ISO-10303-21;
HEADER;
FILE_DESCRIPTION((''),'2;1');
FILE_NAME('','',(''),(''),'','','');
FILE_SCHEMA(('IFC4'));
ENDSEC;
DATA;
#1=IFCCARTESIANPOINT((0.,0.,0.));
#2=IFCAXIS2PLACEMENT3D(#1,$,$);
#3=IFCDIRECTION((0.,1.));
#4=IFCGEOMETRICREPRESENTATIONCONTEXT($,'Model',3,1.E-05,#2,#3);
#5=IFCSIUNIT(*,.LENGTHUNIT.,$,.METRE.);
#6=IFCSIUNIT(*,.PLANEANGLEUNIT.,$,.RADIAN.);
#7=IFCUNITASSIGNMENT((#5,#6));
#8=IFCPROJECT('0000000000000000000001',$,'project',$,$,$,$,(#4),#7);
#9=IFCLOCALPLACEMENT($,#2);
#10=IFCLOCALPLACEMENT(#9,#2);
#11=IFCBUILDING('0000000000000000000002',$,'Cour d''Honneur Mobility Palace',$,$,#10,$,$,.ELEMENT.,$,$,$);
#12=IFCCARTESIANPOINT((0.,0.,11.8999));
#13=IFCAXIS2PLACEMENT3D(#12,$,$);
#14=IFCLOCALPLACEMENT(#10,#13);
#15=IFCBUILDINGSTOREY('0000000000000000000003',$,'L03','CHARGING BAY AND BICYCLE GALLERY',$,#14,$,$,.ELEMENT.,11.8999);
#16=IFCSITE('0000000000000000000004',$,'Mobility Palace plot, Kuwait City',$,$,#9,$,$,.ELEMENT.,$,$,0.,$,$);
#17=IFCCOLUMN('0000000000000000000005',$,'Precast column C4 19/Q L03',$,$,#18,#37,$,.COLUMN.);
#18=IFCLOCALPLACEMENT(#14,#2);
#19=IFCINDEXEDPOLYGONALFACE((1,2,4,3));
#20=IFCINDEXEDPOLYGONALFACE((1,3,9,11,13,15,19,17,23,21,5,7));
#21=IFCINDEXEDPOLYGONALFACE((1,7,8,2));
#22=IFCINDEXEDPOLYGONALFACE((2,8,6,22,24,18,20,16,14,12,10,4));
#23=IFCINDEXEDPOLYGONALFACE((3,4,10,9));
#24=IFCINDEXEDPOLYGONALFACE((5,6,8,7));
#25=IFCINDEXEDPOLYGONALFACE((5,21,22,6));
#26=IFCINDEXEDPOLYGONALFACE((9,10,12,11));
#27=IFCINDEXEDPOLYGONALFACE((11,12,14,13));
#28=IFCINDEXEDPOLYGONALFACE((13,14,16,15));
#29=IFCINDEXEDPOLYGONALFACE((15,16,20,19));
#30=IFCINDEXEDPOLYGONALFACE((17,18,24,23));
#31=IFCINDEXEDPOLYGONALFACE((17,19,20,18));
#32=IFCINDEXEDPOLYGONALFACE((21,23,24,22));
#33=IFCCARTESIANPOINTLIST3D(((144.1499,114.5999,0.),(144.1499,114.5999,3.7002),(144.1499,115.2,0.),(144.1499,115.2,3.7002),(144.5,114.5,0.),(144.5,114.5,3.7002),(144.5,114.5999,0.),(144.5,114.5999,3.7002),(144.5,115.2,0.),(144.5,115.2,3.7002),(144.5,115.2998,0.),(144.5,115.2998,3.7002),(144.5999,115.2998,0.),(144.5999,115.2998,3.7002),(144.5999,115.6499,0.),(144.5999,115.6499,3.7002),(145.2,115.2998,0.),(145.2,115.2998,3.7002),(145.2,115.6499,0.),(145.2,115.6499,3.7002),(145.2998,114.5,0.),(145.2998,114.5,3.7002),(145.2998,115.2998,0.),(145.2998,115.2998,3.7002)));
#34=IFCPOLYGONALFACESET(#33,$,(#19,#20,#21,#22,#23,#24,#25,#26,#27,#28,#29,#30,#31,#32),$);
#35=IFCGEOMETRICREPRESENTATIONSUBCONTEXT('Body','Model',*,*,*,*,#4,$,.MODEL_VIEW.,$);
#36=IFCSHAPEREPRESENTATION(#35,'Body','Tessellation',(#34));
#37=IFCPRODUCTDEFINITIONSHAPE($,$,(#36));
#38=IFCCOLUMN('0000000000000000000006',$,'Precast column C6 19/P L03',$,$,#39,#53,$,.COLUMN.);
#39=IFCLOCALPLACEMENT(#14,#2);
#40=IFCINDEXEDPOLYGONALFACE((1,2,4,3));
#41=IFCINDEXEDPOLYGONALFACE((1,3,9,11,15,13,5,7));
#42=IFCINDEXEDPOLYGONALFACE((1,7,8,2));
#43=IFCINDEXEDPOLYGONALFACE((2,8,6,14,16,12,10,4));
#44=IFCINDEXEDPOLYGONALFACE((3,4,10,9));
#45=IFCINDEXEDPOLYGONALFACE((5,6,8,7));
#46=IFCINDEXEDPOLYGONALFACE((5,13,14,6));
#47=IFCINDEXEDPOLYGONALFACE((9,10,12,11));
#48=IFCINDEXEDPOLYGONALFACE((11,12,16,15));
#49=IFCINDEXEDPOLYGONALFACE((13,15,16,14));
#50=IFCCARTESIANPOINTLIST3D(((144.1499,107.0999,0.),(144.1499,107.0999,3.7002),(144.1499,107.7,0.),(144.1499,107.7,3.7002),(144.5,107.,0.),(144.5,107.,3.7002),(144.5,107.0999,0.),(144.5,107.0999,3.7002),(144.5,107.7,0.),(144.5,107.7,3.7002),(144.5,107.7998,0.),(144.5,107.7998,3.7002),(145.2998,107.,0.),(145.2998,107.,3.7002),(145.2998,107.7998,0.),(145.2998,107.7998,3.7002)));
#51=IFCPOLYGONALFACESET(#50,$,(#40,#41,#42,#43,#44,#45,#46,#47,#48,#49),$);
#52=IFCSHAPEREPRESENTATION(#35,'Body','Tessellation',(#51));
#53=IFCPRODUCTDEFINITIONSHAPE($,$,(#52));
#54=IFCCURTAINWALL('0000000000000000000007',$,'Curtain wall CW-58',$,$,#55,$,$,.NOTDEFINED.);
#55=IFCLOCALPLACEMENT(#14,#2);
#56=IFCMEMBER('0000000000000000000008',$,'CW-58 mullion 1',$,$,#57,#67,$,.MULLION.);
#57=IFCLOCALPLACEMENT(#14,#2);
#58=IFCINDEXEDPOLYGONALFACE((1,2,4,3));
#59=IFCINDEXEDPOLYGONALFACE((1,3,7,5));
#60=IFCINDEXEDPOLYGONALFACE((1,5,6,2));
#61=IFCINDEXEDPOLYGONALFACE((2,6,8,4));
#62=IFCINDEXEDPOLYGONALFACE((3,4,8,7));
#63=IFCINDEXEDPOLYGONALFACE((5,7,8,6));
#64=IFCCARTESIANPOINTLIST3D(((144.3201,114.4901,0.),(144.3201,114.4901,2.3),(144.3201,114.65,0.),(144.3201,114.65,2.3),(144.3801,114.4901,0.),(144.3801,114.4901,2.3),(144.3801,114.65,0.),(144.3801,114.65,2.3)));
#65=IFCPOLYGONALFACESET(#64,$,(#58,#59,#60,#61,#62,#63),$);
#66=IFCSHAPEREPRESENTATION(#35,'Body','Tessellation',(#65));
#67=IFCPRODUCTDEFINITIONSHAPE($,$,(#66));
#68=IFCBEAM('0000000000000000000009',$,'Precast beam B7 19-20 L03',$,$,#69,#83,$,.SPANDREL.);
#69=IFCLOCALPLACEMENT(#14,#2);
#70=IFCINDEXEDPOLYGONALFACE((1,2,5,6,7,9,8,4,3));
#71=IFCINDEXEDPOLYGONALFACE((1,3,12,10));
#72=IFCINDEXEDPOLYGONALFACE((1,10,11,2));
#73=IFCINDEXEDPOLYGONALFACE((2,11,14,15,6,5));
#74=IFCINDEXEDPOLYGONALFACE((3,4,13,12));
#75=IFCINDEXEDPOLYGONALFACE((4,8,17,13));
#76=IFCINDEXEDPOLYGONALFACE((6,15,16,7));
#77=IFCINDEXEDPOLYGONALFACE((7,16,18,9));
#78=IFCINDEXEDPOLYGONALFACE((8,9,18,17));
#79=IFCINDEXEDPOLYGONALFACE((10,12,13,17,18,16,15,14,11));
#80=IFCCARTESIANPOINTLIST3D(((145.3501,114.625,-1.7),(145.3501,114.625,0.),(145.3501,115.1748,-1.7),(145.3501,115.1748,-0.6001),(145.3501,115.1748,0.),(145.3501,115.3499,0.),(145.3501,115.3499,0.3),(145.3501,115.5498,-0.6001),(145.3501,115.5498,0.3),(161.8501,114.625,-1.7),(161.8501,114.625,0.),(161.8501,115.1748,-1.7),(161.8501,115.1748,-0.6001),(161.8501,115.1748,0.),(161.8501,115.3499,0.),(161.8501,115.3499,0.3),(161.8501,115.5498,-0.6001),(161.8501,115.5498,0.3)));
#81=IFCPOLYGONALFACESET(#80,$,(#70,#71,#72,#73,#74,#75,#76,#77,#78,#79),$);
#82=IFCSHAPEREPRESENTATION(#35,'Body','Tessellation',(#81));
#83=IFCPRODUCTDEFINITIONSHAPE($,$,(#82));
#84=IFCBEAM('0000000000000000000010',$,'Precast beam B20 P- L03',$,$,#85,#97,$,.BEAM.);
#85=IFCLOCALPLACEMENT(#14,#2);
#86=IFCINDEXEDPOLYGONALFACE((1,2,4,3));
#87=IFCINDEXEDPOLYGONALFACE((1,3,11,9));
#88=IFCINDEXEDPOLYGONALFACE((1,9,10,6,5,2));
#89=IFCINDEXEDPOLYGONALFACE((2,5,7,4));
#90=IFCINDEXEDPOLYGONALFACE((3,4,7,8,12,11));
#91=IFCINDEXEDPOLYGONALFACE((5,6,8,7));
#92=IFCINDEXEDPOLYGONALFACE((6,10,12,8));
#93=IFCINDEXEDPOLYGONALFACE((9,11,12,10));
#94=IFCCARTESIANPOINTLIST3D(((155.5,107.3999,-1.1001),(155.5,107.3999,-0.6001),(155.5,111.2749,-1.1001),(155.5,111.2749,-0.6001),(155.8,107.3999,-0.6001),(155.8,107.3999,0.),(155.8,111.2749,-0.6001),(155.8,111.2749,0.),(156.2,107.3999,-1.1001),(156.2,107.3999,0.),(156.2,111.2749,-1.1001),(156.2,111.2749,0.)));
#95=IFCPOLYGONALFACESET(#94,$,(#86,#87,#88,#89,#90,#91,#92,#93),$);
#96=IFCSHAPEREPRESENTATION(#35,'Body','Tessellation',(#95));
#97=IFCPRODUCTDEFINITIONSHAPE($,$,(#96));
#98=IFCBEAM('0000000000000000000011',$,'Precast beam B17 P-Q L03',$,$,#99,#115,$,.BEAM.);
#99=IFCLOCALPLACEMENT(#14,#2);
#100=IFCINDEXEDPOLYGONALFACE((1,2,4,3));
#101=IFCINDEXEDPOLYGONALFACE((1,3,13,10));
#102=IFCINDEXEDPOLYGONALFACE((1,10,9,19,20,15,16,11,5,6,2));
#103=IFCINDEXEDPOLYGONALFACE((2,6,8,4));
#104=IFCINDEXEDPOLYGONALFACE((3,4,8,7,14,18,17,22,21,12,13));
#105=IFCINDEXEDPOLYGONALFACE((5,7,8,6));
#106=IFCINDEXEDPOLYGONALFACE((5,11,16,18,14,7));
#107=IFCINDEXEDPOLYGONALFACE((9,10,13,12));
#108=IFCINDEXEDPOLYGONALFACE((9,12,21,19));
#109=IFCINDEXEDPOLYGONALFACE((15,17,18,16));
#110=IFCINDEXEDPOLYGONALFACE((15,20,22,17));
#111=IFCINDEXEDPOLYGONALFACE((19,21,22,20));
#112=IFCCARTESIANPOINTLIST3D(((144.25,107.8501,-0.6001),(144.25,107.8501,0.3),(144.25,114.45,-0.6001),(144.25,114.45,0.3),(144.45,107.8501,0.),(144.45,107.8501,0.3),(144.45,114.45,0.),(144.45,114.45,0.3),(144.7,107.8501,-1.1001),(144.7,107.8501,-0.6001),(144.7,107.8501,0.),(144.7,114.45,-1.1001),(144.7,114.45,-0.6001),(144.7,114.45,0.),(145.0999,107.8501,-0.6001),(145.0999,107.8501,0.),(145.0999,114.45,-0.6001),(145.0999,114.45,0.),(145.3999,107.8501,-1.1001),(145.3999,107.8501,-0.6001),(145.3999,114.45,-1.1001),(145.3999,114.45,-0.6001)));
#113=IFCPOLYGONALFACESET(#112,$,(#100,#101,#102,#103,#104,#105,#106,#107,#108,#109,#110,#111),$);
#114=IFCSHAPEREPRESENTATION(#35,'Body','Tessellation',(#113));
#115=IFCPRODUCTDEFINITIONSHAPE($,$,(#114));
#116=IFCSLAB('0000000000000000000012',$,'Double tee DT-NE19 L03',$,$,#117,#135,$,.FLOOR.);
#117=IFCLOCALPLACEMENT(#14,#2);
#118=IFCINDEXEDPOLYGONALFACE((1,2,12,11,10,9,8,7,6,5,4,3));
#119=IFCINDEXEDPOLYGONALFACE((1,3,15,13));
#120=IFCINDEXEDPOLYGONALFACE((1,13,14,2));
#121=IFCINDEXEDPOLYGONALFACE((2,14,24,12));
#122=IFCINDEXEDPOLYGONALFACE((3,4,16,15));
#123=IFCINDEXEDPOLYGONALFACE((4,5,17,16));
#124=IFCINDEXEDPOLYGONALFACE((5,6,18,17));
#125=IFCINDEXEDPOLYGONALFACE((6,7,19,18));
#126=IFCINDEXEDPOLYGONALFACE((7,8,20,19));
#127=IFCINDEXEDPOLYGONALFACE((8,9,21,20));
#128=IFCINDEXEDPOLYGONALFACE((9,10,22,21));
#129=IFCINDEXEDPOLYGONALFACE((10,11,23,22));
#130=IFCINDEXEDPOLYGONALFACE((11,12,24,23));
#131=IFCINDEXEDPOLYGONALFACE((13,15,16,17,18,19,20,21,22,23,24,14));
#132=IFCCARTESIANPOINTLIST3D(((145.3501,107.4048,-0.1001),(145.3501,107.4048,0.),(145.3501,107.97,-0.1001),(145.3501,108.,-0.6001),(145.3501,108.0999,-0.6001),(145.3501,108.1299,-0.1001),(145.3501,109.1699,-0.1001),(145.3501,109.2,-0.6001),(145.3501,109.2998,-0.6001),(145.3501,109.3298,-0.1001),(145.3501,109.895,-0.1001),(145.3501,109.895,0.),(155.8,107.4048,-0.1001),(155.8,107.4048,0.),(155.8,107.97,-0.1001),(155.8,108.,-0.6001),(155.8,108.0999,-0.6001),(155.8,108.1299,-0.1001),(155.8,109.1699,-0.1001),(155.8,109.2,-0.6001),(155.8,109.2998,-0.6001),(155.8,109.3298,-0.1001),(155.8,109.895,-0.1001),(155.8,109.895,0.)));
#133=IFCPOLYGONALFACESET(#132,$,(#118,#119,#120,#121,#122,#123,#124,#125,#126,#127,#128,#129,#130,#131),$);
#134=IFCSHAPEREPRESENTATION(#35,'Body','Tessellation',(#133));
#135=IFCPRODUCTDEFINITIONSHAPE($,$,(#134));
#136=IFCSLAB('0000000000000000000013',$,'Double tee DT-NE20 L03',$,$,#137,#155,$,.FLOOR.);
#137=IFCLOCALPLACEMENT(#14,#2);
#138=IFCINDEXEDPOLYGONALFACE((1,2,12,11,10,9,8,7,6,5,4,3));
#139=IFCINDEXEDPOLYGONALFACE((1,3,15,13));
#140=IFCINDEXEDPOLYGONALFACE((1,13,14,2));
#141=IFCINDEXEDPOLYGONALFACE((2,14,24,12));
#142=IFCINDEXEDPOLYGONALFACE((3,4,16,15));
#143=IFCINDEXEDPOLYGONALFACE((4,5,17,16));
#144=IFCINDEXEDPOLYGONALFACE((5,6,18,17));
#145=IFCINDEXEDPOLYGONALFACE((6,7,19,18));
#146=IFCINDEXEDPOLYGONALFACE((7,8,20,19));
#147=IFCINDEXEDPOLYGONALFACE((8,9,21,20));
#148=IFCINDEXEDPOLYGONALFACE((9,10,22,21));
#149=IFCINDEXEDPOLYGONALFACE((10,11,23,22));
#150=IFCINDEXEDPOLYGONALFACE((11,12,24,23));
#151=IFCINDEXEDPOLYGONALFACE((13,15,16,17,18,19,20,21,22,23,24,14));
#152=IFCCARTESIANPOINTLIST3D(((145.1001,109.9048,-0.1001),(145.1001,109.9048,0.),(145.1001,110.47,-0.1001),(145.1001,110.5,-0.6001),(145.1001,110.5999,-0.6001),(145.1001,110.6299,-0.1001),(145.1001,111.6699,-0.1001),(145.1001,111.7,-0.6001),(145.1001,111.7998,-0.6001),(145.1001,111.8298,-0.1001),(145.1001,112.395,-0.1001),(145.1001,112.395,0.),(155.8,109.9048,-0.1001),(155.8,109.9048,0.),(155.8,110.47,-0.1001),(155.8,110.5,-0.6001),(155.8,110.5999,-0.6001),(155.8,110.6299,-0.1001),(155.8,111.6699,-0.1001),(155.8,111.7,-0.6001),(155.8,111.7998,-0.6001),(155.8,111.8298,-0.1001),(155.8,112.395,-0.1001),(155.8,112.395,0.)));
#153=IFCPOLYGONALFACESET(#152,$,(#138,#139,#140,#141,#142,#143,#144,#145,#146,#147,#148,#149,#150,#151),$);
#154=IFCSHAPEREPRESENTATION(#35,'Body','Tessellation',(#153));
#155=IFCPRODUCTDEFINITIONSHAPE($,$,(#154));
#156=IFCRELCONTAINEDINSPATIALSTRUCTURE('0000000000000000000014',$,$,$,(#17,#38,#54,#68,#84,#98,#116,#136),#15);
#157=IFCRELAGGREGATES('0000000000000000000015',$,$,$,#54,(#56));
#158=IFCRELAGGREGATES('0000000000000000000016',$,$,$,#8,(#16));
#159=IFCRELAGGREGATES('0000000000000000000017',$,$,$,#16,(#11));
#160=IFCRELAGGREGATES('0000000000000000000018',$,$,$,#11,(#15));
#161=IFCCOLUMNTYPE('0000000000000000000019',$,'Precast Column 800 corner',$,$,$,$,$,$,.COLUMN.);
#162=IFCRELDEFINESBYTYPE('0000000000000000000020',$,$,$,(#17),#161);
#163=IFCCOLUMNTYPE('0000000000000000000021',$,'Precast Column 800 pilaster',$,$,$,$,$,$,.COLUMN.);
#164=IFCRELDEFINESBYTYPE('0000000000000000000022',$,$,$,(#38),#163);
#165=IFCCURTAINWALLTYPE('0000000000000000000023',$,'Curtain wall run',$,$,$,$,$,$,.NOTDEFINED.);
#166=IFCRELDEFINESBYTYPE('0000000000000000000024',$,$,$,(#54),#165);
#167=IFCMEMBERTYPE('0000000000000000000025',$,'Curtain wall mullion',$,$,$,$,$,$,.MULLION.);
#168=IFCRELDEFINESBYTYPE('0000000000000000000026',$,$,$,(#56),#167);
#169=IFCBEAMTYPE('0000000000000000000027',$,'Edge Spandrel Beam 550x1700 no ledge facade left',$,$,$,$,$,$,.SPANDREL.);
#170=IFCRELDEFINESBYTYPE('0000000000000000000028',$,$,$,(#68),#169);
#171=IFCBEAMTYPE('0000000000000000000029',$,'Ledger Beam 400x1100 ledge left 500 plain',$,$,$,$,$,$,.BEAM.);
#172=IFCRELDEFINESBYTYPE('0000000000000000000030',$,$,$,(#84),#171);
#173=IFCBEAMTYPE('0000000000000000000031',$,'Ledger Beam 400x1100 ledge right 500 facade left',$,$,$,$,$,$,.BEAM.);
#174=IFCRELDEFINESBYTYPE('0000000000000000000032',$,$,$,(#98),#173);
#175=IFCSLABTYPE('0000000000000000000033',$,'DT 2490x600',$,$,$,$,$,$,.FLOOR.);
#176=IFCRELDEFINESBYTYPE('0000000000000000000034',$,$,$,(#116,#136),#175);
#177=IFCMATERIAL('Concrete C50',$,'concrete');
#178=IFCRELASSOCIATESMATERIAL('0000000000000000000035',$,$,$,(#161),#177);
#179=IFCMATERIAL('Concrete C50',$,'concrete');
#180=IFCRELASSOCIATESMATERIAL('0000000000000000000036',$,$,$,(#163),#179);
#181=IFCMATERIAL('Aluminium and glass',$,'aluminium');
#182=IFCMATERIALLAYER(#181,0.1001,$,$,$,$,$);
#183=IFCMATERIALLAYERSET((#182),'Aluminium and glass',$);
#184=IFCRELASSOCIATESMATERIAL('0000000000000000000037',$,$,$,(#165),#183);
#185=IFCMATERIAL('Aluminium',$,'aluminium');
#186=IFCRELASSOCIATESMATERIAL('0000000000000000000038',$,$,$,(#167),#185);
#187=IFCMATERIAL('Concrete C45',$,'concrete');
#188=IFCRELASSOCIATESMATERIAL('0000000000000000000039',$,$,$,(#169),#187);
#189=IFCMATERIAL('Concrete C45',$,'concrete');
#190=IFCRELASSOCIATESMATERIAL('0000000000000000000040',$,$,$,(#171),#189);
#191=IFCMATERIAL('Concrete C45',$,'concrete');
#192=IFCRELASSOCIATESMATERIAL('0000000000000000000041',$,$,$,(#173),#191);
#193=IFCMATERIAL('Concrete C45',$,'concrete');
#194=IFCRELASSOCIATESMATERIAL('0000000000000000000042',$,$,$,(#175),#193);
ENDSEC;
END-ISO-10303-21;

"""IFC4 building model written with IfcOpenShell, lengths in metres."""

from ifc_helpers import new_model, si_unit, direction, frame, origin, origin_2d, place, context, subcontext, project, spatial, polyline, rectangle, outline, extrude, material, layer, layer_set, material_profile, profile_set, type_object, element, aggregate, save


model = new_model("IFC4")

# Units and contexts
model_context = context("Model", 3, precision=1e-05, world=origin(), true_north=direction((0.0, 1.0)))
body_context = subcontext(model_context, "Body", "Model", "MODEL_VIEW")
ifc_project = project(units=[si_unit("LENGTHUNIT", "METRE"), si_unit("PLANEANGLEUNIT", "RADIAN")], contexts=[model_context])

# Site, building, storey
site_placement = place(None, origin())
site = spatial("IfcSite", under=ifc_project, at=site_placement, Name="Mobility Palace plot, Kuwait City", CompositionType="ELEMENT", RefElevation=0.0)
building_placement = place(site_placement, origin())
building = spatial("IfcBuilding", under=site, at=building_placement, Name="Cour d'Honneur Mobility Palace", CompositionType="ELEMENT")
storey_placement = place(building_placement, frame((0.0, 0.0, 11.8999)))
storey = spatial("IfcBuildingStorey", under=building, at=storey_placement, Name="L03", Description="CHARGING BAY AND BICYCLE GALLERY", CompositionType="ELEMENT", Elevation=11.8999)

# Columns
ifc_material_1 = material(Name="Concrete C50", Category="concrete")
ifc_material_profile_1 = material_profile(ifc_material_1, outline(polyline([(-0.3999, -0.3999), (0.3999, -0.3999), (0.3999, -0.3), (0.75, -0.3), (0.75, 0.3), (0.3999, 0.3), (0.3999, 0.3999), (0.3, 0.3999), (0.3, 0.75), (-0.3, 0.75), (-0.3, 0.3999), (-0.3999, 0.3999), (-0.3999, -0.3999)])), Name="PC C800 corner")
ifc_profile_set_1 = profile_set([ifc_material_profile_1], Name="Concrete C50")
column_type_1 = type_object("IfcColumnType", Name="Precast Column 800 corner", PredefinedType="COLUMN", material=ifc_profile_set_1)
column_1_placement = place(storey_placement, frame((144.8999, 114.8999, 0.0), z_axis=(0.0, 0.0, 1.0), x_axis=(0.0, 1.0, 0.0)))
element("IfcColumn", 1, at=column_1_placement, inside=storey, type_object=column_type_1, Name="Precast column C4 19/Q L03", PredefinedType="COLUMN", context=body_context, shape_type="SweptSolid", body=[
    extrude(outline(polyline([(-0.3999, -0.3999), (0.3999, -0.3999), (0.3999, -0.3), (0.75, -0.3), (0.75, 0.3), (0.3999, 0.3), (0.3999, 0.3999), (0.3, 0.3999), (0.3, 0.75), (-0.3, 0.75), (-0.3, 0.3999), (-0.3999, 0.3999), (-0.3999, -0.3999)])), origin(), (0.0, 0.0, 1.0), 3.7002),
])
ifc_material_2 = material(Name="Concrete C50", Category="concrete")
ifc_material_profile_2 = material_profile(ifc_material_2, outline(polyline([(-0.3999, -0.3999), (0.3999, -0.3999), (0.3999, -0.3), (0.75, -0.3), (0.75, 0.3), (0.3999, 0.3), (0.3999, 0.3999), (-0.3999, 0.3999), (-0.3999, -0.3999)])), Name="PC C800 pilaster")
ifc_profile_set_2 = profile_set([ifc_material_profile_2], Name="Concrete C50")
column_type_2 = type_object("IfcColumnType", Name="Precast Column 800 pilaster", PredefinedType="COLUMN", material=ifc_profile_set_2)
column_2_placement = place(storey_placement, frame((144.8999, 107.3999, 0.0), z_axis=(0.0, 0.0, 1.0), x_axis=(-1.0, 0.0, 0.0)))
element("IfcColumn", 2, at=column_2_placement, inside=storey, type_object=column_type_2, Name="Precast column C6 19/P L03", PredefinedType="COLUMN", context=body_context, shape_type="SweptSolid", body=[
    extrude(outline(polyline([(-0.3999, -0.3999), (0.3999, -0.3999), (0.3999, -0.3), (0.75, -0.3), (0.75, 0.3), (0.3999, 0.3), (0.3999, 0.3999), (-0.3999, 0.3999), (-0.3999, -0.3999)])), origin(), (0.0, 0.0, 1.0), 3.7002),
])

# Curtain wall, member
ifc_material_3 = material(Name="Aluminium and glass", Category="aluminium")
ifc_layer_1 = layer(ifc_material_3, 0.1001)
ifc_layer_set_1 = layer_set([ifc_layer_1], Name="Aluminium and glass")
curtain_wall_type = type_object("IfcCurtainWallType", Name="Curtain wall run", PredefinedType="NOTDEFINED", material=ifc_layer_set_1)
curtain_wall_placement = place(storey_placement, origin())
curtain_wall = element("IfcCurtainWall", 3, at=curtain_wall_placement, inside=storey, type_object=curtain_wall_type, Name="Curtain wall CW-58", PredefinedType="NOTDEFINED")
ifc_material_4 = material(Name="Aluminium", Category="aluminium")
ifc_material_profile_3 = material_profile(ifc_material_4, rectangle(XDim=0.0601, YDim=0.1599, at=origin_2d()), Name="Curtain wall mullion")
ifc_profile_set_3 = profile_set([ifc_material_profile_3], Name="Aluminium")
member_type = type_object("IfcMemberType", Name="Curtain wall mullion", PredefinedType="MULLION", material=ifc_profile_set_3)
member_placement = place(storey_placement, frame((144.3501, 114.5701, 0.0), z_axis=(0.0, 0.0, 1.0), x_axis=(1.0, 0.0, 0.0)))
member = element("IfcMember", 4, at=member_placement, type_object=member_type, Name="CW-58 mullion 1", PredefinedType="MULLION", context=body_context, shape_type="SweptSolid", body=[
    extrude(rectangle(XDim=0.0601, YDim=0.1599, at=origin_2d()), origin(), (0.0, 0.0, 1.0), 2.3),
])
aggregate(curtain_wall, [member])

# Beams
ifc_material_5 = material(Name="Concrete C45", Category="concrete")
ifc_material_profile_4 = material_profile(ifc_material_5, outline(polyline([(0.2749, -1.7), (0.2749, -0.6001), (0.6499, -0.6001), (0.6499, 0.3), (0.45, 0.3), (0.45, 0.0), (0.2749, 0.0), (-0.2749, 0.0), (-0.2749, -1.7), (0.2749, -1.7)])), Name="Edge Spandrel Beam 550x1700 no ledge facade left")
ifc_profile_set_4 = profile_set([ifc_material_profile_4], Name="Concrete C45")
beam_type_1 = type_object("IfcBeamType", Name="Edge Spandrel Beam 550x1700 no ledge facade left", PredefinedType="SPANDREL", material=ifc_profile_set_4)
beam_1_placement = place(storey_placement, frame((145.3501, 114.8999, 0.0), z_axis=(1.0, 0.0, 0.0), x_axis=(0.0, 1.0, 0.0)))
element("IfcBeam", 5, at=beam_1_placement, inside=storey, type_object=beam_type_1, Name="Precast beam B7 19-20 L03", PredefinedType="SPANDREL", context=body_context, shape_type="SweptSolid", body=[
    extrude(outline(polyline([(0.2749, -1.7), (0.2749, -0.6001), (0.6499, -0.6001), (0.6499, 0.3), (0.45, 0.3), (0.45, 0.0), (0.2749, 0.0), (-0.2749, 0.0), (-0.2749, -1.7), (0.2749, -1.7)])), origin(), (0.0, 0.0, 1.0), 16.5),
])
ifc_material_6 = material(Name="Concrete C45", Category="concrete")
ifc_material_profile_5 = material_profile(ifc_material_6, outline(polyline([(0.5, -1.1001), (0.5, -0.6001), (0.2, -0.6001), (0.2, 0.0), (-0.2, 0.0), (-0.2, -1.1001), (0.5, -1.1001)])), Name="Ledger Beam 400x1100 ledge left 500 plain")
ifc_profile_set_5 = profile_set([ifc_material_profile_5], Name="Concrete C45")
beam_type_2 = type_object("IfcBeamType", Name="Ledger Beam 400x1100 ledge left 500 plain", PredefinedType="BEAM", material=ifc_profile_set_5)
beam_2_placement = place(storey_placement, frame((156.0, 107.3999, 0.0), z_axis=(0.0, 1.0, 0.0), x_axis=(-1.0, 0.0, 0.0)))
element("IfcBeam", 6, at=beam_2_placement, inside=storey, type_object=beam_type_2, Name="Precast beam B20 P- L03", PredefinedType="BEAM", context=body_context, shape_type="SweptSolid", body=[
    extrude(outline(polyline([(0.5, -1.1001), (0.5, -0.6001), (0.2, -0.6001), (0.2, 0.0), (-0.2, 0.0), (-0.2, -1.1001), (0.5, -1.1001)])), origin(), (0.0, 0.0, 1.0), 3.875),
])
ifc_material_7 = material(Name="Concrete C45", Category="concrete")
ifc_material_profile_6 = material_profile(ifc_material_7, outline(polyline([(0.2, -1.1001), (0.2, -0.6001), (0.6499, -0.6001), (0.6499, 0.3), (0.45, 0.3), (0.45, 0.0), (0.2, 0.0), (-0.2, 0.0), (-0.2, -0.6001), (-0.5, -0.6001), (-0.5, -1.1001), (0.2, -1.1001)])), Name="Ledger Beam 400x1100 ledge right 500 facade left")
ifc_profile_set_6 = profile_set([ifc_material_profile_6], Name="Concrete C45")
beam_type_3 = type_object("IfcBeamType", Name="Ledger Beam 400x1100 ledge right 500 facade left", PredefinedType="BEAM", material=ifc_profile_set_6)
beam_3_placement = place(storey_placement, frame((144.8999, 107.8501, 0.0), z_axis=(0.0, 1.0, 0.0), x_axis=(-1.0, 0.0, 0.0)))
element("IfcBeam", 7, at=beam_3_placement, inside=storey, type_object=beam_type_3, Name="Precast beam B17 P-Q L03", PredefinedType="BEAM", context=body_context, shape_type="SweptSolid", body=[
    extrude(outline(polyline([(0.2, -1.1001), (0.2, -0.6001), (0.6499, -0.6001), (0.6499, 0.3), (0.45, 0.3), (0.45, 0.0), (0.2, 0.0), (-0.2, 0.0), (-0.2, -0.6001), (-0.5, -0.6001), (-0.5, -1.1001), (0.2, -1.1001)])), origin(), (0.0, 0.0, 1.0), 6.5999),
])

# Slabs
ifc_material_8 = material(Name="Concrete C45", Category="concrete")
ifc_material_profile_7 = material_profile(ifc_material_8, outline(polyline([(-1.2451, 0.0), (1.2451, 0.0), (1.2451, -0.1001), (0.6799, -0.1001), (0.6499, -0.6001), (0.55, -0.6001), (0.52, -0.1001), (-0.52, -0.1001), (-0.55, -0.6001), (-0.6499, -0.6001), (-0.6799, -0.1001), (-1.2451, -0.1001), (-1.2451, 0.0)])), Name="DT 2490x600")
ifc_profile_set_7 = profile_set([ifc_material_profile_7], Name="Concrete C45")
slab_type_1 = type_object("IfcSlabType", Name="DT 2490x600", PredefinedType="FLOOR", material=ifc_profile_set_7)
slab_1_placement = place(storey_placement, frame((145.3501, 108.6499, 0.0), z_axis=(1.0, 0.0, 0.0), x_axis=(0.0, 1.0, 0.0)))
element("IfcSlab", 8, at=slab_1_placement, inside=storey, type_object=slab_type_1, Name="Double tee DT-NE19 L03", PredefinedType="FLOOR", context=body_context, shape_type="SweptSolid", body=[
    extrude(outline(polyline([(-1.2451, 0.0), (1.2451, 0.0), (1.2451, -0.1001), (0.6799, -0.1001), (0.6499, -0.6001), (0.55, -0.6001), (0.52, -0.1001), (-0.52, -0.1001), (-0.55, -0.6001), (-0.6499, -0.6001), (-0.6799, -0.1001), (-1.2451, -0.1001), (-1.2451, 0.0)])), origin(), (0.0, 0.0, 1.0), 10.45),
])
slab_2_placement = place(storey_placement, frame((145.1001, 111.1499, 0.0), z_axis=(1.0, 0.0, 0.0), x_axis=(0.0, 1.0, 0.0)))
element("IfcSlab", 9, at=slab_2_placement, inside=storey, type_object=slab_type_1, Name="Double tee DT-NE20 L03", PredefinedType="FLOOR", context=body_context, shape_type="SweptSolid", body=[
    extrude(outline(polyline([(-1.2451, 0.0), (1.2451, 0.0), (1.2451, -0.1001), (0.6799, -0.1001), (0.6499, -0.6001), (0.55, -0.6001), (0.52, -0.1001), (-0.52, -0.1001), (-0.55, -0.6001), (-0.6499, -0.6001), (-0.6799, -0.1001), (-1.2451, -0.1001), (-1.2451, 0.0)])), origin(), (0.0, 0.0, 1.0), 10.7),
])

save(model, "model.ifc")
